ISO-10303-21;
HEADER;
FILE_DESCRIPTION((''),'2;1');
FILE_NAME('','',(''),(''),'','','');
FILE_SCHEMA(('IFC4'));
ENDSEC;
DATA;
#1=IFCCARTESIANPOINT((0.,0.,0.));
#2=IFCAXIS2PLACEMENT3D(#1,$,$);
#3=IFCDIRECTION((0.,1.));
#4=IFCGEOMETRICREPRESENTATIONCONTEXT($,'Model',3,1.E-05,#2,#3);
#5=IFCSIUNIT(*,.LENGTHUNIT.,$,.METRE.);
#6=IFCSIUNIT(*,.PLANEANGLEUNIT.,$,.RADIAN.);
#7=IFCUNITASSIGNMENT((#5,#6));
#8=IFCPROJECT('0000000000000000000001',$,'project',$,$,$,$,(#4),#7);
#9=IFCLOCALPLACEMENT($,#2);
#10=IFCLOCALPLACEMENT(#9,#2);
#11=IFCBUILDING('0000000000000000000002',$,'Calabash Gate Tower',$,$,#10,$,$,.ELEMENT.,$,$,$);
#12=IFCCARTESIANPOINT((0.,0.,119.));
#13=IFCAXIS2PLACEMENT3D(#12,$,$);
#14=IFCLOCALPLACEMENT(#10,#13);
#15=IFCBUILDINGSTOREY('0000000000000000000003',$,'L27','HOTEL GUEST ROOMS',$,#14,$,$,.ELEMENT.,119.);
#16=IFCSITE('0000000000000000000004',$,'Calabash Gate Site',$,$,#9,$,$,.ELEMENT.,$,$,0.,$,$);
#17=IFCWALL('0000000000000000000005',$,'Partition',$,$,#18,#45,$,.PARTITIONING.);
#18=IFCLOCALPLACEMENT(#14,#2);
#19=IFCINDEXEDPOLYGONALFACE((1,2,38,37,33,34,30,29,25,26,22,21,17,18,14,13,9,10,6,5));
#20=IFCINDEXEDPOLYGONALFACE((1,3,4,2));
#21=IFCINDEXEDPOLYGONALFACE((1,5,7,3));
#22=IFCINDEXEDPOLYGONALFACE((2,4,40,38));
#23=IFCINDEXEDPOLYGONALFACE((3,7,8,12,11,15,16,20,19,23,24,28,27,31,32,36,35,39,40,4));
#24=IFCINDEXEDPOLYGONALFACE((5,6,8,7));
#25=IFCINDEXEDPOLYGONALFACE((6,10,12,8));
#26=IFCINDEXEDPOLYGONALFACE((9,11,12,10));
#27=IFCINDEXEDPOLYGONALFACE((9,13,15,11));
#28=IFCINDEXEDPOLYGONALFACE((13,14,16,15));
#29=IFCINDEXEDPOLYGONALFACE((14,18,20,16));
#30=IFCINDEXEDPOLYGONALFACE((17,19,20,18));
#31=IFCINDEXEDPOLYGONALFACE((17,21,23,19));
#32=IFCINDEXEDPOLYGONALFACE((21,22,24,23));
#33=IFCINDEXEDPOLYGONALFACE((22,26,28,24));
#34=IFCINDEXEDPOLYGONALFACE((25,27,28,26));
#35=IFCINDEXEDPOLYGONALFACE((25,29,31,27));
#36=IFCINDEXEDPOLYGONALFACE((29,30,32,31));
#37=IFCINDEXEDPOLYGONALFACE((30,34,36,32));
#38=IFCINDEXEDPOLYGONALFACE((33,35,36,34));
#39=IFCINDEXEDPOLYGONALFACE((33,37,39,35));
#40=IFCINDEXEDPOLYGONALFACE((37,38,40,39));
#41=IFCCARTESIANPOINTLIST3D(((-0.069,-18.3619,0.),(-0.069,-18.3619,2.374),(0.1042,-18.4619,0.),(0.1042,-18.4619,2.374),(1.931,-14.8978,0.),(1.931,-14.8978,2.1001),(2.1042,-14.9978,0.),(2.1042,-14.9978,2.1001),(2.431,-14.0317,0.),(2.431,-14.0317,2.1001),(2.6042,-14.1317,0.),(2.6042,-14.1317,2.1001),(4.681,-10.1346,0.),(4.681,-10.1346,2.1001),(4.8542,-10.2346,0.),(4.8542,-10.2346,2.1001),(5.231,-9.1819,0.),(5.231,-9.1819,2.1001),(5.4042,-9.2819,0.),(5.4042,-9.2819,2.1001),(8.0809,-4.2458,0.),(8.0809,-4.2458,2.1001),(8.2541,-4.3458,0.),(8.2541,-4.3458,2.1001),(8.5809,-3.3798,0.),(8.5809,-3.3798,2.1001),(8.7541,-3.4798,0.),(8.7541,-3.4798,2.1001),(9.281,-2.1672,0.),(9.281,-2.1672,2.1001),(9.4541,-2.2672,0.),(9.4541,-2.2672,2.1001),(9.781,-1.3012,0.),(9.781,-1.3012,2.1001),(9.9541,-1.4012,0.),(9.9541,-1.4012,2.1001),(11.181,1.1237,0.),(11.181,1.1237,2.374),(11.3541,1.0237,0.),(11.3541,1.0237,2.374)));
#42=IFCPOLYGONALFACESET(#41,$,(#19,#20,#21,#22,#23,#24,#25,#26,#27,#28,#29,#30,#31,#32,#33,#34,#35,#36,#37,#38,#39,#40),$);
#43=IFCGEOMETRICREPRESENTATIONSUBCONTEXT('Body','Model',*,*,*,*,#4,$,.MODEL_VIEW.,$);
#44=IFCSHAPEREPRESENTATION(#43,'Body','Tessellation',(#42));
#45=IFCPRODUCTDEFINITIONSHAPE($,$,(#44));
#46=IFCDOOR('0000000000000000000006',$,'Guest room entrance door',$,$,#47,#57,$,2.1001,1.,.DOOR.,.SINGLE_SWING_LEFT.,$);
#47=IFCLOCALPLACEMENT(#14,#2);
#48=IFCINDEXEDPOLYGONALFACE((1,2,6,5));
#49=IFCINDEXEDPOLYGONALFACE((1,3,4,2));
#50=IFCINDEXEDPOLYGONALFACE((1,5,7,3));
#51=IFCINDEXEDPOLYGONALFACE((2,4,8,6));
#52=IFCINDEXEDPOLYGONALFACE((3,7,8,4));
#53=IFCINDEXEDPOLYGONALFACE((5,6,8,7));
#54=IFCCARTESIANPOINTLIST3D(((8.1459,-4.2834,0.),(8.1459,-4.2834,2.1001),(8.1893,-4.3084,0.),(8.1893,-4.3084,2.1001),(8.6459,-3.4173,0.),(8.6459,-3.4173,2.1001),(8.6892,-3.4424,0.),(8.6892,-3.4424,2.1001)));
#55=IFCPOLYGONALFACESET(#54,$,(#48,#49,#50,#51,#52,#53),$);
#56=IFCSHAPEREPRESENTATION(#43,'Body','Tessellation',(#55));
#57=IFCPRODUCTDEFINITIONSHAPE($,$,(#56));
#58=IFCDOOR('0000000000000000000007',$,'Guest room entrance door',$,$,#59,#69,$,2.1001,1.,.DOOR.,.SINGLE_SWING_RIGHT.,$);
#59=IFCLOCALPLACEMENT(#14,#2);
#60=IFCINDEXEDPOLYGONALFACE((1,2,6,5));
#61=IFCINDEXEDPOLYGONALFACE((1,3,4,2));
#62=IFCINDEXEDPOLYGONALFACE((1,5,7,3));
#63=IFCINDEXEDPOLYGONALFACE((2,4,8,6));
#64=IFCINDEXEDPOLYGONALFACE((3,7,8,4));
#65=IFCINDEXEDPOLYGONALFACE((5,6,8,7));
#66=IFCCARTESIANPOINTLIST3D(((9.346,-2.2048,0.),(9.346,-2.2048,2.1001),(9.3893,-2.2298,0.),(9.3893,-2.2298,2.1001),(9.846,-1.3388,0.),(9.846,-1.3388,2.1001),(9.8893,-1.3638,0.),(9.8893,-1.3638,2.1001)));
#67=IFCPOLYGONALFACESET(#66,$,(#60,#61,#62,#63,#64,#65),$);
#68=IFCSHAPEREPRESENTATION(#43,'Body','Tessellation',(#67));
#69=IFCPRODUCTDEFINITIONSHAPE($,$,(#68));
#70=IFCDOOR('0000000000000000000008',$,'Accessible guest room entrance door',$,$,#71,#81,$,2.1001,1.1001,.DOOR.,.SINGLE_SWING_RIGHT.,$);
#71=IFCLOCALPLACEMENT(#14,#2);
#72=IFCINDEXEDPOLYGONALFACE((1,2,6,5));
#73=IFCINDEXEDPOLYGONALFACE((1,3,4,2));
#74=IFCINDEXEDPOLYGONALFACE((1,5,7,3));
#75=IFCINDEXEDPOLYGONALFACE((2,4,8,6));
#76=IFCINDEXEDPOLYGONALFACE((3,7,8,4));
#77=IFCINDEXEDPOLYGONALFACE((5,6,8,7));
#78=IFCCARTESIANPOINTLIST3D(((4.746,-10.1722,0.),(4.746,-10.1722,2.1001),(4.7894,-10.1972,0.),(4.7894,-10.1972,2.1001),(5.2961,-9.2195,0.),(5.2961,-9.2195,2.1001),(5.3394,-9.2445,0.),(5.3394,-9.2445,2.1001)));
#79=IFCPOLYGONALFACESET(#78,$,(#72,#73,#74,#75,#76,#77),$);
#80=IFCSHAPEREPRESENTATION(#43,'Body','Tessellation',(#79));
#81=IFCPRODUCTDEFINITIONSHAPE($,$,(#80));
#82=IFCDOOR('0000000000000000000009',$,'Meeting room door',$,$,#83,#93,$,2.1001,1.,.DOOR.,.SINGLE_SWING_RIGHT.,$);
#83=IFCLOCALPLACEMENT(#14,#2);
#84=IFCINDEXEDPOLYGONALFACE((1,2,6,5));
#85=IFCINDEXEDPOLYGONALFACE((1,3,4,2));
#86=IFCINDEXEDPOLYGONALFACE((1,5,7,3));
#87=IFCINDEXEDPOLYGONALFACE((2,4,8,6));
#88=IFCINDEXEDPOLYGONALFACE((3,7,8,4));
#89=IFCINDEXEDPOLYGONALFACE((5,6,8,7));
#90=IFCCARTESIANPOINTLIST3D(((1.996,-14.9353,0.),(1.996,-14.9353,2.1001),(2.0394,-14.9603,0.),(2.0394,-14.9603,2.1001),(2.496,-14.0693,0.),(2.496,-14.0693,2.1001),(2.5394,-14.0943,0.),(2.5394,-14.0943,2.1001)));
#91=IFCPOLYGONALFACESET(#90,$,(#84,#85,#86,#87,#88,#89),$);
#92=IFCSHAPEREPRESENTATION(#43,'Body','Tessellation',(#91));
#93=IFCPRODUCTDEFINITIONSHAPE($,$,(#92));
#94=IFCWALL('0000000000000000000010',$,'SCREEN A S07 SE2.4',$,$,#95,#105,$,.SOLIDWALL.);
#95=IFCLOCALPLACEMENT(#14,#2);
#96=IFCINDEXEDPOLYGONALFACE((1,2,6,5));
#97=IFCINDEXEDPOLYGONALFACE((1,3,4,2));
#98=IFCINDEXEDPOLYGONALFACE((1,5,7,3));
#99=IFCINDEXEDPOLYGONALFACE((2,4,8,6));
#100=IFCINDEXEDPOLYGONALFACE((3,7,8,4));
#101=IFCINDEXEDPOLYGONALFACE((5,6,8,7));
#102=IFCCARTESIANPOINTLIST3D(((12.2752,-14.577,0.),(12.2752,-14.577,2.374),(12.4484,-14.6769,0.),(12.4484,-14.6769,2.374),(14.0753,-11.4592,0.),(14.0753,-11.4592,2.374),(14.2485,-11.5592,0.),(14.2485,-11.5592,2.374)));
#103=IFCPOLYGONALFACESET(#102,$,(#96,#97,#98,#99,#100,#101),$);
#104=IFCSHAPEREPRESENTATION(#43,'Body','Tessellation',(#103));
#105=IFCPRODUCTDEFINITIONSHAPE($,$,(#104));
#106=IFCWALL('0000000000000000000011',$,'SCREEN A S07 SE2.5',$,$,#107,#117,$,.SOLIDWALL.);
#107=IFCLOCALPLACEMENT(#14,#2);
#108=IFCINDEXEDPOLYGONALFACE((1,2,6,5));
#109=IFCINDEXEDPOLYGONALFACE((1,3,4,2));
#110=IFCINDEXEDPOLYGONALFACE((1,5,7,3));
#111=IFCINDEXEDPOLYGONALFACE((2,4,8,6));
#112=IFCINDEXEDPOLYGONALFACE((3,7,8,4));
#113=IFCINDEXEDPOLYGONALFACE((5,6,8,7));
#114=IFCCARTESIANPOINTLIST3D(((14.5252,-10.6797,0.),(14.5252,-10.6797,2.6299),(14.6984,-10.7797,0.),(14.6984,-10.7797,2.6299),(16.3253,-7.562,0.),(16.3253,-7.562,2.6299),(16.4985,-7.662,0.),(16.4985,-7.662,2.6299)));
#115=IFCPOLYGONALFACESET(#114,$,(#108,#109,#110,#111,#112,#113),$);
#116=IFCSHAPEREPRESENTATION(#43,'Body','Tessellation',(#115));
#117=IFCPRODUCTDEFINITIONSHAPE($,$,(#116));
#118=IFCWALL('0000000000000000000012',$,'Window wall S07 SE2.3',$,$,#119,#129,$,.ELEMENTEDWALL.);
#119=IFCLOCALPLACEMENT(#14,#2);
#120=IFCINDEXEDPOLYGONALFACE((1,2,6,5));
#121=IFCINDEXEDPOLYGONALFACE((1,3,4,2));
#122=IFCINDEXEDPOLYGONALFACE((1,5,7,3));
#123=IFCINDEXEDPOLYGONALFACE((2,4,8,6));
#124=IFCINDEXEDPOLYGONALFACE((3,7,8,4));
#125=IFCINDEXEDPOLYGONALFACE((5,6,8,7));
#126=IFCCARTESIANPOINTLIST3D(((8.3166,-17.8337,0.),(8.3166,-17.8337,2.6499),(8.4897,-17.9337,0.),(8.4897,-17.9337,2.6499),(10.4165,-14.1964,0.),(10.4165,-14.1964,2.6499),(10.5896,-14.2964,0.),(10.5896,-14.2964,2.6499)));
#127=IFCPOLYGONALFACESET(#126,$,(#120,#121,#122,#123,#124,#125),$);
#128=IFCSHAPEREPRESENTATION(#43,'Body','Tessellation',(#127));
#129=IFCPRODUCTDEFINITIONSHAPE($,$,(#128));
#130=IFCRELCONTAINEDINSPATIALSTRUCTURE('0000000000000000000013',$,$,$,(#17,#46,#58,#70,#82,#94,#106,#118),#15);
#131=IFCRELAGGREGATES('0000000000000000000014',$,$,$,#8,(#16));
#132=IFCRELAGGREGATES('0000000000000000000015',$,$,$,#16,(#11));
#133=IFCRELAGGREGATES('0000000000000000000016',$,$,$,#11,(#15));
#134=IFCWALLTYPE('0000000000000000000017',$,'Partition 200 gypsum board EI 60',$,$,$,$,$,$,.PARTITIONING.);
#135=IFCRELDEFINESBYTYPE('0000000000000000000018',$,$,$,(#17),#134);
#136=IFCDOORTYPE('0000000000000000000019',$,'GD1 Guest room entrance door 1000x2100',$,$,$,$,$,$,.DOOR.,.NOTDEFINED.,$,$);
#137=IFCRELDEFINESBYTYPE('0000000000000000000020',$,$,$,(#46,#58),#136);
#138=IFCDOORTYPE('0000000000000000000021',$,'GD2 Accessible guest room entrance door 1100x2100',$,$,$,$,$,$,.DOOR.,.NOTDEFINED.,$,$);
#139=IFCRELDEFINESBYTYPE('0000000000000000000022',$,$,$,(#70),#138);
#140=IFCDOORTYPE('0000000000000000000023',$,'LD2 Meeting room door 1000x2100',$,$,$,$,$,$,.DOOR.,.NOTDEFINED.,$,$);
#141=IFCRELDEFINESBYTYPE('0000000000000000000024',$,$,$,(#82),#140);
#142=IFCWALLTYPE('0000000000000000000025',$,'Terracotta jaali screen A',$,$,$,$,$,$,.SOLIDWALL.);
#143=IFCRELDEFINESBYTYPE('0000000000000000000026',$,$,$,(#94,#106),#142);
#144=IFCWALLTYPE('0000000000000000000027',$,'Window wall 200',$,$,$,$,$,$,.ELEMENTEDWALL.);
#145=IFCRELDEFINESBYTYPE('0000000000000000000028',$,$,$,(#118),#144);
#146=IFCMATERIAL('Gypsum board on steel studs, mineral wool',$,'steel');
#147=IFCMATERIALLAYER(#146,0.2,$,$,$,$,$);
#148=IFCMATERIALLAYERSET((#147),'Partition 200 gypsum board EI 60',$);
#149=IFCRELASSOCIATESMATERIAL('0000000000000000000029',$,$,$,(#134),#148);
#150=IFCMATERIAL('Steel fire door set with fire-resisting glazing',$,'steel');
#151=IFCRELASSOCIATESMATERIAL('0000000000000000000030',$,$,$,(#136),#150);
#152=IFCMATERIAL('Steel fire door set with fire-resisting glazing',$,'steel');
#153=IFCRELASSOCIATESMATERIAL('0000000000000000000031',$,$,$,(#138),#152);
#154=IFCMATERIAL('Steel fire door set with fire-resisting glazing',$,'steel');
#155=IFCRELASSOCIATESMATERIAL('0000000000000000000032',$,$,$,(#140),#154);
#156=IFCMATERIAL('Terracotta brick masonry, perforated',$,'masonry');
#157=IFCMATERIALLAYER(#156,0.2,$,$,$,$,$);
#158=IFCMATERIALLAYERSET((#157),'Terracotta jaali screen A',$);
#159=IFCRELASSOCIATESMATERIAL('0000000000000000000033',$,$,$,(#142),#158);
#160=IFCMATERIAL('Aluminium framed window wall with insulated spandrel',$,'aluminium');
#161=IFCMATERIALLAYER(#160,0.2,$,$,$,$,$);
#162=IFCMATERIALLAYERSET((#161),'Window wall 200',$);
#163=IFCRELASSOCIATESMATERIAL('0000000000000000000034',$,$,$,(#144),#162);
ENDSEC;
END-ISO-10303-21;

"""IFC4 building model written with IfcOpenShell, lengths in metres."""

from ifc_helpers import new_model, si_unit, direction, frame, frame_2d, origin, place, context, subcontext, project, spatial, rectangle, extrude, material, layer, layer_set, type_object, element, fill, save


model = new_model("IFC4")

# Units and contexts
model_context = context("Model", 3, precision=1e-05, world=origin(), true_north=direction((0.0, 1.0)))
body_context = subcontext(model_context, "Body", "Model", "MODEL_VIEW")
ifc_project = project(units=[si_unit("LENGTHUNIT", "METRE"), si_unit("PLANEANGLEUNIT", "RADIAN")], contexts=[model_context])

# Site, building, storey
site_placement = place(None, origin())
site = spatial("IfcSite", under=ifc_project, at=site_placement, Name="Calabash Gate Site", CompositionType="ELEMENT", RefElevation=0.0)
building_placement = place(site_placement, origin())
building = spatial("IfcBuilding", under=site, at=building_placement, Name="Calabash Gate Tower", CompositionType="ELEMENT")
storey_placement = place(building_placement, frame((0.0, 0.0, 119.0)))
storey = spatial("IfcBuildingStorey", under=building, at=storey_placement, Name="L27", Description="HOTEL GUEST ROOMS", CompositionType="ELEMENT", Elevation=119.0)

# Shared definitions
ifc_material_1 = material(Name="Gypsum board on steel studs, mineral wool", Category="steel")
ifc_layer_1 = layer(ifc_material_1, 0.2)
ifc_layer_set_1 = layer_set([ifc_layer_1], Name="Partition 200 gypsum board EI 60")
wall_type_1 = type_object("IfcWallType", Name="Partition 200 gypsum board EI 60", PredefinedType="PARTITIONING", material=ifc_layer_set_1)

# Wall, openings, doors
wall_1_placement = place(storey_placement, frame((0.0176, -18.4119, 0.0), z_axis=(0.0, 0.0, 1.0), x_axis=(0.5, 0.866026, 0.0)))
wall_1 = element("IfcWall", 1, at=wall_1_placement, inside=storey, type_object=wall_type_1, Name="Partition", PredefinedType="PARTITIONING", context=body_context, shape_type="SweptSolid", body=[
    extrude(rectangle(XDim=22.5, YDim=0.2, at=frame_2d((11.25, 0.0))), origin(), (0.0, 0.0, 1.0), 2.374),
])
opening_1_placement = place(wall_1_placement, frame((4.0, 0.0, 0.0)))
opening_1 = element("IfcOpeningElement", 2, at=opening_1_placement, cuts=wall_1, PredefinedType="OPENING", context=body_context, shape_type="SweptSolid", body=[
    extrude(rectangle(XDim=1.0, YDim=2.1001, at=frame_2d((0.5, 1.05))), frame((0.0, 0.1099, 0.0), z_axis=(0.0, -1.0, 0.0), x_axis=(1.0, 0.0, 0.0)), (0.0, 0.0, 1.0), 0.22),
])
opening_2_placement = place(wall_1_placement, frame((9.5, 0.0, 0.0)))
opening_2 = element("IfcOpeningElement", 3, at=opening_2_placement, cuts=wall_1, PredefinedType="OPENING", context=body_context, shape_type="SweptSolid", body=[
    extrude(rectangle(XDim=1.1001, YDim=2.1001, at=frame_2d((0.55, 1.05))), frame((0.0, 0.1099, 0.0), z_axis=(0.0, -1.0, 0.0), x_axis=(1.0, 0.0, 0.0)), (0.0, 0.0, 1.0), 0.22),
])
opening_3_placement = place(wall_1_placement, frame((16.2998, 0.0, 0.0)))
opening_3 = element("IfcOpeningElement", 4, at=opening_3_placement, cuts=wall_1, PredefinedType="OPENING", context=body_context, shape_type="SweptSolid", body=[
    extrude(rectangle(XDim=1.0, YDim=2.1001, at=frame_2d((0.5, 1.05))), frame((0.0, 0.1099, 0.0), z_axis=(0.0, -1.0, 0.0), x_axis=(1.0, 0.0, 0.0)), (0.0, 0.0, 1.0), 0.22),
])
opening_4_placement = place(wall_1_placement, frame((18.7, 0.0, 0.0)))
opening_4 = element("IfcOpeningElement", 5, at=opening_4_placement, cuts=wall_1, PredefinedType="OPENING", context=body_context, shape_type="SweptSolid", body=[
    extrude(rectangle(XDim=1.0, YDim=2.1001, at=frame_2d((0.5, 1.05))), frame((0.0, 0.1099, 0.0), z_axis=(0.0, -1.0, 0.0), x_axis=(1.0, 0.0, 0.0)), (0.0, 0.0, 1.0), 0.22),
])
ifc_material_2 = material(Name="Steel fire door set with fire-resisting glazing", Category="steel")
door_type_1 = type_object("IfcDoorType", Name="GD1 Guest room entrance door 1000x2100", OperationType="NOTDEFINED", PredefinedType="DOOR", material=ifc_material_2)
door_1_placement = place(opening_3_placement, origin())
door_1 = element("IfcDoor", 6, at=door_1_placement, inside=storey, type_object=door_type_1, Name="Guest room entrance door", OperationType="SINGLE_SWING_LEFT", OverallHeight=2.1001, OverallWidth=1.0, PredefinedType="DOOR", context=body_context, shape_type="SweptSolid", body=[
    extrude(rectangle(XDim=1.0, YDim=2.1001, at=frame_2d((0.5, 1.05))), frame((0.0, 0.0249, 0.0), z_axis=(0.0, -1.0, 0.0), x_axis=(1.0, 0.0, 0.0)), (0.0, 0.0, 1.0), 0.05),
])
fill(opening_3, door_1)
door_2_placement = place(opening_4_placement, origin())
door_2 = element("IfcDoor", 7, at=door_2_placement, inside=storey, type_object=door_type_1, Name="Guest room entrance door", OperationType="SINGLE_SWING_RIGHT", OverallHeight=2.1001, OverallWidth=1.0, PredefinedType="DOOR", context=body_context, shape_type="SweptSolid", body=[
    extrude(rectangle(XDim=1.0, YDim=2.1001, at=frame_2d((0.5, 1.05))), frame((0.0, 0.0249, 0.0), z_axis=(0.0, -1.0, 0.0), x_axis=(1.0, 0.0, 0.0)), (0.0, 0.0, 1.0), 0.05),
])
fill(opening_4, door_2)
ifc_material_3 = material(Name="Steel fire door set with fire-resisting glazing", Category="steel")
door_type_2 = type_object("IfcDoorType", Name="GD2 Accessible guest room entrance door 1100x2100", OperationType="NOTDEFINED", PredefinedType="DOOR", material=ifc_material_3)
door_3_placement = place(opening_2_placement, origin())
door_3 = element("IfcDoor", 8, at=door_3_placement, inside=storey, type_object=door_type_2, Name="Accessible guest room entrance door", OperationType="SINGLE_SWING_RIGHT", OverallHeight=2.1001, OverallWidth=1.1001, PredefinedType="DOOR", context=body_context, shape_type="SweptSolid", body=[
    extrude(rectangle(XDim=1.1001, YDim=2.1001, at=frame_2d((0.55, 1.05))), frame((0.0, 0.0249, 0.0), z_axis=(0.0, -1.0, 0.0), x_axis=(1.0, 0.0, 0.0)), (0.0, 0.0, 1.0), 0.05),
])
fill(opening_2, door_3)
ifc_material_4 = material(Name="Steel fire door set with fire-resisting glazing", Category="steel")
door_type_3 = type_object("IfcDoorType", Name="LD2 Meeting room door 1000x2100", OperationType="NOTDEFINED", PredefinedType="DOOR", material=ifc_material_4)
door_4_placement = place(opening_1_placement, origin())
door_4 = element("IfcDoor", 9, at=door_4_placement, inside=storey, type_object=door_type_3, Name="Meeting room door", OperationType="SINGLE_SWING_RIGHT", OverallHeight=2.1001, OverallWidth=1.0, PredefinedType="DOOR", context=body_context, shape_type="SweptSolid", body=[
    extrude(rectangle(XDim=1.0, YDim=2.1001, at=frame_2d((0.5, 1.05))), frame((0.0, 0.0249, 0.0), z_axis=(0.0, -1.0, 0.0), x_axis=(1.0, 0.0, 0.0)), (0.0, 0.0, 1.0), 0.05),
])
fill(opening_1, door_4)

# Walls
ifc_material_5 = material(Name="Terracotta brick masonry, perforated", Category="masonry")
ifc_layer_2 = layer(ifc_material_5, 0.2)
ifc_layer_set_2 = layer_set([ifc_layer_2], Name="Terracotta jaali screen A")
wall_type_2 = type_object("IfcWallType", Name="Terracotta jaali screen A", PredefinedType="SOLIDWALL", material=ifc_layer_set_2)
wall_2_placement = place(storey_placement, frame((12.3618, -14.627, 0.0), z_axis=(0.0, 0.0, 1.0), x_axis=(0.500012, 0.866018, 0.0)))
element("IfcWall", 10, at=wall_2_placement, inside=storey, type_object=wall_type_2, Name="SCREEN A S07 SE2.4", PredefinedType="SOLIDWALL", context=body_context, shape_type="SweptSolid", body=[
    extrude(rectangle(XDim=3.6001, YDim=0.2, at=frame_2d((1.8, 0.0))), origin(), (0.0, 0.0, 1.0), 2.374),
])
wall_3_placement = place(storey_placement, frame((14.6118, -10.7297, 0.0), z_axis=(0.0, 0.0, 1.0), x_axis=(0.500012, 0.866018, 0.0)))
element("IfcWall", 11, at=wall_3_placement, inside=storey, type_object=wall_type_2, Name="SCREEN A S07 SE2.5", PredefinedType="SOLIDWALL", context=body_context, shape_type="SweptSolid", body=[
    extrude(rectangle(XDim=3.6001, YDim=0.2, at=frame_2d((1.8, 0.0))), origin(), (0.0, 0.0, 1.0), 2.6299),
])
ifc_material_6 = material(Name="Aluminium framed window wall with insulated spandrel", Category="aluminium")
ifc_layer_3 = layer(ifc_material_6, 0.2)
ifc_layer_set_3 = layer_set([ifc_layer_3], Name="Window wall 200")
wall_type_3 = type_object("IfcWallType", Name="Window wall 200", PredefinedType="ELEMENTEDWALL", material=ifc_layer_set_3)
wall_4_placement = place(storey_placement, frame((8.4031, -17.8838, 0.0), z_axis=(0.0, 0.0, 1.0), x_axis=(0.499984, 0.866035, 0.0)))
element("IfcWall", 12, at=wall_4_placement, inside=storey, type_object=wall_type_3, Name="Window wall S07 SE2.3", PredefinedType="ELEMENTEDWALL", context=body_context, shape_type="SweptSolid", body=[
    extrude(rectangle(XDim=4.2, YDim=0.2, at=frame_2d((2.1001, 0.0))), origin(), (0.0, 0.0, 1.0), 2.6499),
])

save(model, "model.ifc")
